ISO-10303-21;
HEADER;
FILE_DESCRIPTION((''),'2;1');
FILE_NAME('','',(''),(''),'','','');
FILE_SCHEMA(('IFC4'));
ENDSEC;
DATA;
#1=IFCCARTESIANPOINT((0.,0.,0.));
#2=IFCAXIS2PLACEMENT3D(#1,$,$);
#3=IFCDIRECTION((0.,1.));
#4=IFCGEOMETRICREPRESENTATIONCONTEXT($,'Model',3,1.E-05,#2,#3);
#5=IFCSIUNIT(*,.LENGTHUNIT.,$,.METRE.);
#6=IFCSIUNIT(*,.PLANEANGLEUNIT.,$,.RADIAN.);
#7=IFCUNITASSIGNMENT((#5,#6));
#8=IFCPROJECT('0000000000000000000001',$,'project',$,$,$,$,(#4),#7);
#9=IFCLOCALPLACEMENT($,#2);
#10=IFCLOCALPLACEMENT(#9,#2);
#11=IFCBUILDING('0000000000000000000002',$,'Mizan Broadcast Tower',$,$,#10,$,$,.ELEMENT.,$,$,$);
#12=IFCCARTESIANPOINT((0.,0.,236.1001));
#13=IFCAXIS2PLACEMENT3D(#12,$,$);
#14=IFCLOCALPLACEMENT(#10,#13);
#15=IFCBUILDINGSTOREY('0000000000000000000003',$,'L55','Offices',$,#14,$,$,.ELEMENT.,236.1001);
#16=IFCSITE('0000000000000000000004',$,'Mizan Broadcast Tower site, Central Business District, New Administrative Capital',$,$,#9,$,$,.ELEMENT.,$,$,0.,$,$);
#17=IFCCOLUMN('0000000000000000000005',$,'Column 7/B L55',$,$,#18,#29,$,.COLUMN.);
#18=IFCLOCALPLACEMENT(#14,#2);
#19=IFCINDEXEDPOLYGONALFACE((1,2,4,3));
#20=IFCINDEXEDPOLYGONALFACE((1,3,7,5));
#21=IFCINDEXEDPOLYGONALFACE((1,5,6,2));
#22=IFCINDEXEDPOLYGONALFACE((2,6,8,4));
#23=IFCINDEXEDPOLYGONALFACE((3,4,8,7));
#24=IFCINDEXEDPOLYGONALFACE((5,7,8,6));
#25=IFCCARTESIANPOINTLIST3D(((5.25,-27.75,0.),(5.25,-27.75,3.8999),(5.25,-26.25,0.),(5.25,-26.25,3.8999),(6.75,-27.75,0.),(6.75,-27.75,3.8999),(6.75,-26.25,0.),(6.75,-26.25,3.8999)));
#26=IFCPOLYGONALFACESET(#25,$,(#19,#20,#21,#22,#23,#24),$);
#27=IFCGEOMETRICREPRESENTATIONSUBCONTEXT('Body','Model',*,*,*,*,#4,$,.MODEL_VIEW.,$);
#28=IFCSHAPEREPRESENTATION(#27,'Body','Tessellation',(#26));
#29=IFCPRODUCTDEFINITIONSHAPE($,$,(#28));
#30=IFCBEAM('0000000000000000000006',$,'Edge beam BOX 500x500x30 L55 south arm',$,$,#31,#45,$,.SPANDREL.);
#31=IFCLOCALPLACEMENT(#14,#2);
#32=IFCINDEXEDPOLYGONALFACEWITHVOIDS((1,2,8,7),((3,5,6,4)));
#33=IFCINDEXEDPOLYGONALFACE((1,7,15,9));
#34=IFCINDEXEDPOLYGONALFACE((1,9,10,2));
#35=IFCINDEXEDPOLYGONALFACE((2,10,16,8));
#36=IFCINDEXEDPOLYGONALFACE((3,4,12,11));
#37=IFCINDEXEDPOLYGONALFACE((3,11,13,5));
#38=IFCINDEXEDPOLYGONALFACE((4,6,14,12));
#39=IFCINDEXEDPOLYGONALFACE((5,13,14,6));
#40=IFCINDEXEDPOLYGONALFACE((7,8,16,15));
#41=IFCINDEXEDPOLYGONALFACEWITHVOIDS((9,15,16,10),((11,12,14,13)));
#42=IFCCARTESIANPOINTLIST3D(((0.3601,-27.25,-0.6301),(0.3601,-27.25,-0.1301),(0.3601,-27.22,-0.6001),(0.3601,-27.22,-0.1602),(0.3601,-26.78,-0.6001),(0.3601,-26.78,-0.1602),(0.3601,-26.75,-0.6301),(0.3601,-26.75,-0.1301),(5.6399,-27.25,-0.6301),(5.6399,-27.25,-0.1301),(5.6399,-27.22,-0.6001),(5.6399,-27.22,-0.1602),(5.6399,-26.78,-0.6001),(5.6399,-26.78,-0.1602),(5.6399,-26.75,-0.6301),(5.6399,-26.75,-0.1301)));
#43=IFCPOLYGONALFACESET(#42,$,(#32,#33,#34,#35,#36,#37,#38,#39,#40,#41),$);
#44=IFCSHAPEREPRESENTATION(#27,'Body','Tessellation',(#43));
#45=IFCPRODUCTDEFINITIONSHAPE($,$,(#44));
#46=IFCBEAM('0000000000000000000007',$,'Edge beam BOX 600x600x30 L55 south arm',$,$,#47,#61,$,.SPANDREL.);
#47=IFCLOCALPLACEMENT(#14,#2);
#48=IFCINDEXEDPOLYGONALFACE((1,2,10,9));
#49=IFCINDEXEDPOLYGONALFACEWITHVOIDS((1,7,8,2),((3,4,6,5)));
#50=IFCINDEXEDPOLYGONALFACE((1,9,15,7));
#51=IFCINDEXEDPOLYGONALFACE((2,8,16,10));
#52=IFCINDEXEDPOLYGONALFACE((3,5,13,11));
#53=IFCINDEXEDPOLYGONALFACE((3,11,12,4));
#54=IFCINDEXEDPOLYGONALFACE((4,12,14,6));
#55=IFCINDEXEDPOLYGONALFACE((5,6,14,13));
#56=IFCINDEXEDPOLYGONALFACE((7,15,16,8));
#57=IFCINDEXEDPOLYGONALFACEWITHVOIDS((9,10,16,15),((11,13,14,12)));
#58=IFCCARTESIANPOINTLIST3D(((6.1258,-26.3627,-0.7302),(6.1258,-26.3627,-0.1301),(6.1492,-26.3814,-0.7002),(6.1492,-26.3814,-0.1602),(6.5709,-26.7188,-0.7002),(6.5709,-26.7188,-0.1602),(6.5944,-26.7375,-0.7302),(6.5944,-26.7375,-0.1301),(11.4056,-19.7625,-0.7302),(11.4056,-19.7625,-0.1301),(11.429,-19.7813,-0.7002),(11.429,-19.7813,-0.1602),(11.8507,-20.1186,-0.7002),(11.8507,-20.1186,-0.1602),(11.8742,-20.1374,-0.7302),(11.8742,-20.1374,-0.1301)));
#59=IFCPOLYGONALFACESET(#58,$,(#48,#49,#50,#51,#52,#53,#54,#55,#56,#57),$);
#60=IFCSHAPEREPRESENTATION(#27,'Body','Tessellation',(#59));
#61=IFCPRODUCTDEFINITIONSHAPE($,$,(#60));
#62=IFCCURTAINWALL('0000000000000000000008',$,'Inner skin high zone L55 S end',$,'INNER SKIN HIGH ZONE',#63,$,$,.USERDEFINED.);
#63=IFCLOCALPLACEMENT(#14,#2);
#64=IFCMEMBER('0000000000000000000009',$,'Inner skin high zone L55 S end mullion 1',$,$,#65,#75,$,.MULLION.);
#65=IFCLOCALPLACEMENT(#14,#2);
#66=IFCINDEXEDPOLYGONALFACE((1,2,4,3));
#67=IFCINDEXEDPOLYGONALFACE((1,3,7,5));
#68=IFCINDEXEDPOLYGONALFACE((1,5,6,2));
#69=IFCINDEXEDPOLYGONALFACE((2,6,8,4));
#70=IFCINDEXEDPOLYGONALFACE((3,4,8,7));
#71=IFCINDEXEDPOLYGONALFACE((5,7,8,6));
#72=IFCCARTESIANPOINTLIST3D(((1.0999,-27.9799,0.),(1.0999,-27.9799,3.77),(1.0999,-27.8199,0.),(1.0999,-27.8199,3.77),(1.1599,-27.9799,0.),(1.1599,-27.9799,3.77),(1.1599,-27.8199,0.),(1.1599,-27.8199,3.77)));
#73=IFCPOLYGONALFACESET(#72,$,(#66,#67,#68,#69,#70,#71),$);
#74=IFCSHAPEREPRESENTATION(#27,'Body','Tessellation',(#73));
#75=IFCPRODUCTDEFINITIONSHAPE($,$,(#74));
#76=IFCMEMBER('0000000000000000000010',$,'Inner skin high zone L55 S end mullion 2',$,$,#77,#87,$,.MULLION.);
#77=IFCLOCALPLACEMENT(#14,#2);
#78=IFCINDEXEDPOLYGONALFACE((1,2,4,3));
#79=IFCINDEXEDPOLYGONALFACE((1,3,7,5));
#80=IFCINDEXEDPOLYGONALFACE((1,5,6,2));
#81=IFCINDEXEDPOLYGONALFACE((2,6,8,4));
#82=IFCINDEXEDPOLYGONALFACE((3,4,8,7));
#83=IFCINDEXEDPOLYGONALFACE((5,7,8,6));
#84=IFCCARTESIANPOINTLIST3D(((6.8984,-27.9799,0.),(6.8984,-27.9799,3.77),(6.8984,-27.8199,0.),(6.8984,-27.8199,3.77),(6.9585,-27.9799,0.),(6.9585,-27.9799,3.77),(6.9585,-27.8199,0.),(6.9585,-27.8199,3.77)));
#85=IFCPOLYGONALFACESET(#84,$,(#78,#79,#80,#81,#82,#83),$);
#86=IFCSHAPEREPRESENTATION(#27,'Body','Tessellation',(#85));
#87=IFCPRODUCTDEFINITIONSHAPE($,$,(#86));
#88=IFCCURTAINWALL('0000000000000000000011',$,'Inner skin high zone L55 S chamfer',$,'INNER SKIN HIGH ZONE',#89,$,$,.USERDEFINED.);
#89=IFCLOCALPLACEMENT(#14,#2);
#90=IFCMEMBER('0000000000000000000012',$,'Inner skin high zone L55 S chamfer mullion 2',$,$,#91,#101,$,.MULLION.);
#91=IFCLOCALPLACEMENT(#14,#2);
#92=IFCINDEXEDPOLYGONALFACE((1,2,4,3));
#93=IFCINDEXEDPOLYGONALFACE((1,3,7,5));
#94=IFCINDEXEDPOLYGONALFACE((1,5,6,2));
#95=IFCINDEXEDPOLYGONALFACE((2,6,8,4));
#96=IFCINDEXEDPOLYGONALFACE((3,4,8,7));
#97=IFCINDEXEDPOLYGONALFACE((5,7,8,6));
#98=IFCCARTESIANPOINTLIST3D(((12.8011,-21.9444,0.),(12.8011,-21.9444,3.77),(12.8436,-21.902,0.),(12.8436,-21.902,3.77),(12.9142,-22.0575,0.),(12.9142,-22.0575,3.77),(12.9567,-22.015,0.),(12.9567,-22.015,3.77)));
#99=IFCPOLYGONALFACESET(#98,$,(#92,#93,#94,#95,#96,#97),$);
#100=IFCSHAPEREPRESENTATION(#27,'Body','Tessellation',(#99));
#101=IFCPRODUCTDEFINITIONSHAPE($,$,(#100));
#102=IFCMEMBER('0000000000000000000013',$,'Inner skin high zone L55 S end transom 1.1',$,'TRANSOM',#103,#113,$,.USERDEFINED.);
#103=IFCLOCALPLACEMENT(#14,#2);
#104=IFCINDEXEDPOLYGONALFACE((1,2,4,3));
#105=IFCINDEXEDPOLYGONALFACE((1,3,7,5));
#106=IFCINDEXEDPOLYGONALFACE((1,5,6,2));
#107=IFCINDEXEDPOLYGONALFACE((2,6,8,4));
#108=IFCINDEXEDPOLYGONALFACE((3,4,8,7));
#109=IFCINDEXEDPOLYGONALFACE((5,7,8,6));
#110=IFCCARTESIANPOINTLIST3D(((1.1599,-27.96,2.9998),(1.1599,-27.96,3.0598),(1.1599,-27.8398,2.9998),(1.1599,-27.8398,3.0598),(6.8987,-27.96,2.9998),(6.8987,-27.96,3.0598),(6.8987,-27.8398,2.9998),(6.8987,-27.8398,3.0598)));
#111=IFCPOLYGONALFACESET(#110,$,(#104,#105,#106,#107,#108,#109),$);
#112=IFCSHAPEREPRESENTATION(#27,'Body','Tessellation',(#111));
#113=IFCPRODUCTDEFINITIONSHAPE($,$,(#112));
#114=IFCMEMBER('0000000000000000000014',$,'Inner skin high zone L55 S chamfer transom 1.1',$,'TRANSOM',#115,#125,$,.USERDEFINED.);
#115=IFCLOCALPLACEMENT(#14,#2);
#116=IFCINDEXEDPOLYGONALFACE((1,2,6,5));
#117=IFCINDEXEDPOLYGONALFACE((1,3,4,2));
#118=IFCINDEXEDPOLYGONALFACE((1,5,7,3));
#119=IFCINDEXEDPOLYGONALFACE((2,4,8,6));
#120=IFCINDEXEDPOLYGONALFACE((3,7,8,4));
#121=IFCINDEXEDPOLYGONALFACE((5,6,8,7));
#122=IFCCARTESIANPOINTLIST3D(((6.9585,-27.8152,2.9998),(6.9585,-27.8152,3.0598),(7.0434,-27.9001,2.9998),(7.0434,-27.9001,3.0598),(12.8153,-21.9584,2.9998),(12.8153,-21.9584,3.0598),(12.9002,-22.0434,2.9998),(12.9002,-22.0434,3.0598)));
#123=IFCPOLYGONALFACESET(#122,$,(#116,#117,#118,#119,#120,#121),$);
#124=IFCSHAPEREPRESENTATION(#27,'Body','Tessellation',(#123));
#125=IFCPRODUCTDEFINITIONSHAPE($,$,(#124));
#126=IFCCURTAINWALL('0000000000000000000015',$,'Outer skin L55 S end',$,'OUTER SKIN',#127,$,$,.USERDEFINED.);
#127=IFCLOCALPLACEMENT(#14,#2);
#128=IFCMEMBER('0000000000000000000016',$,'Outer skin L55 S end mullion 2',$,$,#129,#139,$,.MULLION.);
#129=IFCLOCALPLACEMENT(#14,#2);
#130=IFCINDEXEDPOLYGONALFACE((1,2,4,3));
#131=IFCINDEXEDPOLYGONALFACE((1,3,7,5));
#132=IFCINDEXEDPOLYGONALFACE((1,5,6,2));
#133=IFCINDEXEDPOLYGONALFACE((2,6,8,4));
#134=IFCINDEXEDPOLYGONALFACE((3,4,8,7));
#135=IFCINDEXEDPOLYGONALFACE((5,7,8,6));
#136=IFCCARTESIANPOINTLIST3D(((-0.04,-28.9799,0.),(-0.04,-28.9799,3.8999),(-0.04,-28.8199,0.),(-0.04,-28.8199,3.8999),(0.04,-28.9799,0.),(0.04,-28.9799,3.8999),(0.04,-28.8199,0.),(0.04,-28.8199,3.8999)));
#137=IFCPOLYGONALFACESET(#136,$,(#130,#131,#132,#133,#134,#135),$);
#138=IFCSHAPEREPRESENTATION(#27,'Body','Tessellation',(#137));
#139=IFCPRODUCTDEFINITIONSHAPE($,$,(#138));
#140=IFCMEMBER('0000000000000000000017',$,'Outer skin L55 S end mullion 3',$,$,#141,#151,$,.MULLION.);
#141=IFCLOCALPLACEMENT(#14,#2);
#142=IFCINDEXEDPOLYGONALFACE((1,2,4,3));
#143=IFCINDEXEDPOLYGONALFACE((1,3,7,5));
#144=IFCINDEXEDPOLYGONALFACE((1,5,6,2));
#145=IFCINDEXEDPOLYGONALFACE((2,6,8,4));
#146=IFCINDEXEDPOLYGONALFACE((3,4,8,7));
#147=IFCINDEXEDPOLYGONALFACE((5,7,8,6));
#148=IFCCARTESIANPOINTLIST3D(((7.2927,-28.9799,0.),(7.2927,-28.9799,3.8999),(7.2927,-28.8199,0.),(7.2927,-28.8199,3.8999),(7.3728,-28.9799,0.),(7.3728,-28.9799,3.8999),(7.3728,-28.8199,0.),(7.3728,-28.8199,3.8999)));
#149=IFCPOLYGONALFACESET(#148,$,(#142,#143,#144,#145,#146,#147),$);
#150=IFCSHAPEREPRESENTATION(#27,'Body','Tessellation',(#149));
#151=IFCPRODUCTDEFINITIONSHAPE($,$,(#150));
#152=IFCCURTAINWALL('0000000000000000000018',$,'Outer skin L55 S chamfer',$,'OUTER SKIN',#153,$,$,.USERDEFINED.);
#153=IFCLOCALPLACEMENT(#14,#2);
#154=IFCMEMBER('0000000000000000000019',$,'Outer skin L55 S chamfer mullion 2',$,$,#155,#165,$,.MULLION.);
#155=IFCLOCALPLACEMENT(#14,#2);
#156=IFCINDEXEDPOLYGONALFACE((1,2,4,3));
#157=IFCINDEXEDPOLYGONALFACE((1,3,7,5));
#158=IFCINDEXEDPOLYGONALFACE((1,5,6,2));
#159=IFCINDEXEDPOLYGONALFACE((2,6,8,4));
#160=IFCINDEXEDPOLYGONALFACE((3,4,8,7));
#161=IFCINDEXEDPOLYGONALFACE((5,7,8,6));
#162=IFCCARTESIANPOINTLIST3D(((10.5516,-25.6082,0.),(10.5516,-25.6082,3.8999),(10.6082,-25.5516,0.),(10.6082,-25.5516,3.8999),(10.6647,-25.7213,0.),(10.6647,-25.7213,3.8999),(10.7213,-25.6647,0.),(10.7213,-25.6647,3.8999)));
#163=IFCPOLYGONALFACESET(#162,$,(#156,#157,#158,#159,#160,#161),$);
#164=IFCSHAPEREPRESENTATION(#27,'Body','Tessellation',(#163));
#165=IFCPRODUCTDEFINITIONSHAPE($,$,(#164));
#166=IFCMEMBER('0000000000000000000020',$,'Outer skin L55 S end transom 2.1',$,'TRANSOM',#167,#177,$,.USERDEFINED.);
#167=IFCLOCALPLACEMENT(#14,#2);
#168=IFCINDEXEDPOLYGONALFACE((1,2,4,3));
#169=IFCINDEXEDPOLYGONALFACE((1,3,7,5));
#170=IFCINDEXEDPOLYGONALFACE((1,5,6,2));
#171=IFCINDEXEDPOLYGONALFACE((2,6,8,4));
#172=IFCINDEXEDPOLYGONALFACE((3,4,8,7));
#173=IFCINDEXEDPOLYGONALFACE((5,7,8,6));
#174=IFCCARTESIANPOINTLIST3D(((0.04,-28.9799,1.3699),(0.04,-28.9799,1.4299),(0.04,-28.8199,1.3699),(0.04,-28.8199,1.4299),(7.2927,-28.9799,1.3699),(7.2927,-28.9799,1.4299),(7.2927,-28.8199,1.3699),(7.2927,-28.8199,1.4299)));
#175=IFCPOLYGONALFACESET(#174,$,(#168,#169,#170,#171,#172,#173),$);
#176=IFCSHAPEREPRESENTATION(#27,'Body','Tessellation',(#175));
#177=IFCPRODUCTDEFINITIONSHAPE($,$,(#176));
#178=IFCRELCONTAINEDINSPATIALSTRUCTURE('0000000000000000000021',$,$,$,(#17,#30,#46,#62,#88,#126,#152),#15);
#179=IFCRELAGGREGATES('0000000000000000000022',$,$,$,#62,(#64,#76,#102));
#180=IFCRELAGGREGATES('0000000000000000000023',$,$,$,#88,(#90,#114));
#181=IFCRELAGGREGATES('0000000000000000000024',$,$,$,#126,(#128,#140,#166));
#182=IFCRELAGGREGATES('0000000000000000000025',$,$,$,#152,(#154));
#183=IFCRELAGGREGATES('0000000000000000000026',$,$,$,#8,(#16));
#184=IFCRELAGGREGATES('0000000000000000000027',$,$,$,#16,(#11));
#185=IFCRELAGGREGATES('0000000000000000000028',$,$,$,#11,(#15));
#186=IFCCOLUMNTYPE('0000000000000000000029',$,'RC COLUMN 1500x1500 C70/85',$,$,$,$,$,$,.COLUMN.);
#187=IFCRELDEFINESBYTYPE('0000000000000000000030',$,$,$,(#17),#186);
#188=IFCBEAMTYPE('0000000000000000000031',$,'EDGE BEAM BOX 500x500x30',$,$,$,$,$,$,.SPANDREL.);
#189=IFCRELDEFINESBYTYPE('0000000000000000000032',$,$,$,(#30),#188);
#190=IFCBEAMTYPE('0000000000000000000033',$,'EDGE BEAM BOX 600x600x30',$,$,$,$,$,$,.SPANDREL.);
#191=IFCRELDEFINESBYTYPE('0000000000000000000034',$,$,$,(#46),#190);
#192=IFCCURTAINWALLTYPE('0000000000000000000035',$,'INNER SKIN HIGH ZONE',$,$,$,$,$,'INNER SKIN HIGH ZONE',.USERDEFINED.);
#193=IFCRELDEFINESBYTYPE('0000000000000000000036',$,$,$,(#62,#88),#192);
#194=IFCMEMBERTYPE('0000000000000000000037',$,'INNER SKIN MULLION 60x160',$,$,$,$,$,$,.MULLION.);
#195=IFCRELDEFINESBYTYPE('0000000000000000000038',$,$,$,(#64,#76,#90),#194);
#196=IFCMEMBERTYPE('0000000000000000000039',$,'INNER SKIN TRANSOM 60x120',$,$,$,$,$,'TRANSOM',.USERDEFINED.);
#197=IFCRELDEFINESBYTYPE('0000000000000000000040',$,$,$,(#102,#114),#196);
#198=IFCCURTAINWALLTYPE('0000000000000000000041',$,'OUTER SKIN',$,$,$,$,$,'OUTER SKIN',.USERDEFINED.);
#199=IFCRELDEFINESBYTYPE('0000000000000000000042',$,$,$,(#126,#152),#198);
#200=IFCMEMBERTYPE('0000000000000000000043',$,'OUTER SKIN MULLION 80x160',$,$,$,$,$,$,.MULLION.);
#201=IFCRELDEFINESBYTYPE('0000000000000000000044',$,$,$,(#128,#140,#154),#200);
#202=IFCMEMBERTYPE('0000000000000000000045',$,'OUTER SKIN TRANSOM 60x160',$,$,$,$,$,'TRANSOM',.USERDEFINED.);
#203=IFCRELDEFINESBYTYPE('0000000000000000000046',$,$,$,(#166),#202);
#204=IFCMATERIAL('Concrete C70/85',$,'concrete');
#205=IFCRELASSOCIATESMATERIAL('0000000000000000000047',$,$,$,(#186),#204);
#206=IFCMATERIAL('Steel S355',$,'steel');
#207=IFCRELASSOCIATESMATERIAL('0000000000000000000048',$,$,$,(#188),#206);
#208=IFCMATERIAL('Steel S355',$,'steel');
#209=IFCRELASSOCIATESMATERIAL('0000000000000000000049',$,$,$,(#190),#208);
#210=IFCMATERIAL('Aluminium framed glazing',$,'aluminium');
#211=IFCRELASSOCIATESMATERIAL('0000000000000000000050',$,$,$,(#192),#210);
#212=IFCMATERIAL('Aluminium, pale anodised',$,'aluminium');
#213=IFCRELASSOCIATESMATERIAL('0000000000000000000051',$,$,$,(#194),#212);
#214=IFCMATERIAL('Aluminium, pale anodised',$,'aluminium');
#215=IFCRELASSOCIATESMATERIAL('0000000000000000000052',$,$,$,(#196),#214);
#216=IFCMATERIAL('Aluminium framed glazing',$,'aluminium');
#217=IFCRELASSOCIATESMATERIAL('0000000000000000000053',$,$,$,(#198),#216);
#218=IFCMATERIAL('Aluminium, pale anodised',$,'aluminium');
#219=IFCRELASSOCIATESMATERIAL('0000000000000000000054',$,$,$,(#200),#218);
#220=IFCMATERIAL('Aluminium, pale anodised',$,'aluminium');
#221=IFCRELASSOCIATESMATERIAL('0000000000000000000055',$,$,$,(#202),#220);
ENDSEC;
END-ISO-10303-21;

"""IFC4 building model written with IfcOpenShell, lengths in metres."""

from ifc_helpers import new_model, si_unit, direction, frame, origin, origin_2d, place, context, subcontext, project, spatial, rectangle, hollow_rectangle, extrude, material, material_profile, profile_set, type_object, element, aggregate, save


model = new_model("IFC4")

# Units and contexts
model_context = context("Model", 3, precision=1e-05, world=origin(), true_north=direction((0.0, 1.0)))
body_context = subcontext(model_context, "Body", "Model", "MODEL_VIEW")
ifc_project = project(units=[si_unit("LENGTHUNIT", "METRE"), si_unit("PLANEANGLEUNIT", "RADIAN")], contexts=[model_context])

# Site, building, storey
site_placement = place(None, origin())
site = spatial("IfcSite", under=ifc_project, at=site_placement, Name="Mizan Broadcast Tower site, Central Business District, New Administrative Capital", CompositionType="ELEMENT", RefElevation=0.0)
building_placement = place(site_placement, origin())
building = spatial("IfcBuilding", under=site, at=building_placement, Name="Mizan Broadcast Tower", CompositionType="ELEMENT")
storey_placement = place(building_placement, frame((0.0, 0.0, 236.1001)))
storey = spatial("IfcBuildingStorey", under=building, at=storey_placement, Name="L55", Description="Offices", CompositionType="ELEMENT", Elevation=236.1001)

# Column
ifc_material_1 = material(Name="Concrete C70/85", Category="concrete")
ifc_material_profile_1 = material_profile(ifc_material_1, rectangle(XDim=1.5, YDim=1.5, at=origin_2d()), Name="RC 1500x1500")
ifc_profile_set_1 = profile_set([ifc_material_profile_1], Name="Concrete C70/85")
column_type = type_object("IfcColumnType", Name="RC COLUMN 1500x1500 C70/85", PredefinedType="COLUMN", material=ifc_profile_set_1)
column_placement = place(storey_placement, frame((6.0, -27.0, 0.0), z_axis=(0.0, 0.0, 1.0), x_axis=(1.0, 0.0, 0.0)))
element("IfcColumn", 1, at=column_placement, inside=storey, type_object=column_type, Name="Column 7/B L55", PredefinedType="COLUMN", context=body_context, shape_type="SweptSolid", body=[
    extrude(rectangle(XDim=1.5, YDim=1.5, at=origin_2d()), origin(), (0.0, 0.0, 1.0), 3.8999),
])

# Beams
ifc_material_2 = material(Name="Steel S355", Category="steel")
ifc_material_profile_2 = material_profile(ifc_material_2, hollow_rectangle(XDim=0.5, YDim=0.5, WallThickness=0.03, at=origin_2d()), Name="BOX 500x500x30")
ifc_profile_set_2 = profile_set([ifc_material_profile_2], Name="Steel S355")
beam_type_1 = type_object("IfcBeamType", Name="EDGE BEAM BOX 500x500x30", PredefinedType="SPANDREL", material=ifc_profile_set_2)
beam_1_placement = place(storey_placement, frame((5.6399, -27.0, -0.3801), z_axis=(-1.0, 0.0, 0.0), x_axis=(0.0, -1.0, 0.0)))
element("IfcBeam", 2, at=beam_1_placement, inside=storey, type_object=beam_type_1, Name="Edge beam BOX 500x500x30 L55 south arm", PredefinedType="SPANDREL", context=body_context, shape_type="SweptSolid", body=[
    extrude(hollow_rectangle(XDim=0.5, YDim=0.5, WallThickness=0.03, at=origin_2d()), origin(), (0.0, 0.0, 1.0), 5.2798),
])
ifc_material_3 = material(Name="Steel S355", Category="steel")
ifc_material_profile_3 = material_profile(ifc_material_3, hollow_rectangle(XDim=0.6001, YDim=0.6001, WallThickness=0.03, at=origin_2d()), Name="BOX 600x600x30")
ifc_profile_set_3 = profile_set([ifc_material_profile_3], Name="Steel S355")
beam_type_2 = type_object("IfcBeamType", Name="EDGE BEAM BOX 600x600x30", PredefinedType="SPANDREL", material=ifc_profile_set_3)
beam_2_placement = place(storey_placement, frame((11.6399, -19.95, -0.4302), z_axis=(-0.624674, -0.780886, 0.0), x_axis=(0.780886, -0.624674, 0.0)))
element("IfcBeam", 3, at=beam_2_placement, inside=storey, type_object=beam_type_2, Name="Edge beam BOX 600x600x30 L55 south arm", PredefinedType="SPANDREL", context=body_context, shape_type="SweptSolid", body=[
    extrude(hollow_rectangle(XDim=0.6001, YDim=0.6001, WallThickness=0.03, at=origin_2d()), origin(), (0.0, 0.0, 1.0), 8.4521),
])

# Curtain wall, members
ifc_material_4 = material(Name="Aluminium framed glazing", Category="aluminium")
curtain_wall_type_1 = type_object("IfcCurtainWallType", Name="INNER SKIN HIGH ZONE", ElementType="INNER SKIN HIGH ZONE", PredefinedType="USERDEFINED", material=ifc_material_4)
curtain_wall_1_placement = place(storey_placement, origin())
curtain_wall_1 = element("IfcCurtainWall", 4, at=curtain_wall_1_placement, inside=storey, type_object=curtain_wall_type_1, Name="Inner skin high zone L55 S end", ObjectType="INNER SKIN HIGH ZONE", PredefinedType="USERDEFINED")
ifc_material_5 = material(Name="Aluminium, pale anodised", Category="aluminium")
ifc_material_profile_4 = material_profile(ifc_material_5, rectangle(XDim=0.1599, YDim=0.0601, at=origin_2d()), Name="MULLION 160x60")
ifc_profile_set_4 = profile_set([ifc_material_profile_4], Name="Aluminium, pale anodised")
member_type_1 = type_object("IfcMemberType", Name="INNER SKIN MULLION 60x160", PredefinedType="MULLION", material=ifc_profile_set_4)
member_1_placement = place(storey_placement, frame((1.1299, -27.8999, 0.0), z_axis=(0.0, 0.0, 1.0), x_axis=(0.0, 1.0, 0.0)))
member_1 = element("IfcMember", 5, at=member_1_placement, type_object=member_type_1, Name="Inner skin high zone L55 S end mullion 1", PredefinedType="MULLION", context=body_context, shape_type="SweptSolid", body=[
    extrude(rectangle(XDim=0.1599, YDim=0.0601, at=origin_2d()), origin(), (0.0, 0.0, 1.0), 3.77),
])
member_2_placement = place(storey_placement, frame((6.9285, -27.8999, 0.0), z_axis=(0.0, 0.0, 1.0), x_axis=(0.0, 1.0, 0.0)))
member_2 = element("IfcMember", 6, at=member_2_placement, type_object=member_type_1, Name="Inner skin high zone L55 S end mullion 2", PredefinedType="MULLION", context=body_context, shape_type="SweptSolid", body=[
    extrude(rectangle(XDim=0.1599, YDim=0.0601, at=origin_2d()), origin(), (0.0, 0.0, 1.0), 3.77),
])

# Curtain wall, member
curtain_wall_2_placement = place(storey_placement, origin())
curtain_wall_2 = element("IfcCurtainWall", 7, at=curtain_wall_2_placement, inside=storey, type_object=curtain_wall_type_1, Name="Inner skin high zone L55 S chamfer", ObjectType="INNER SKIN HIGH ZONE", PredefinedType="USERDEFINED")
member_3_placement = place(storey_placement, frame((12.8789, -21.9797, 0.0), z_axis=(0.0, 0.0, 1.0), x_axis=(-0.707107, 0.707107, 0.0)))
member_3 = element("IfcMember", 8, at=member_3_placement, type_object=member_type_1, Name="Inner skin high zone L55 S chamfer mullion 2", PredefinedType="MULLION", context=body_context, shape_type="SweptSolid", body=[
    extrude(rectangle(XDim=0.1599, YDim=0.0601, at=origin_2d()), origin(), (0.0, 0.0, 1.0), 3.77),
])

# Members
ifc_material_6 = material(Name="Aluminium, pale anodised", Category="aluminium")
ifc_material_profile_5 = material_profile(ifc_material_6, rectangle(XDim=0.1201, YDim=0.0601, at=origin_2d()), Name="TRANSOM 120x60")
ifc_profile_set_5 = profile_set([ifc_material_profile_5], Name="Aluminium, pale anodised")
member_type_2 = type_object("IfcMemberType", Name="INNER SKIN TRANSOM 60x120", ElementType="TRANSOM", PredefinedType="USERDEFINED", material=ifc_profile_set_5)
member_4_placement = place(storey_placement, frame((1.1599, -27.8999, 3.0298), z_axis=(1.0, 0.0, 0.0), x_axis=(0.0, 1.0, 0.0)))
member_4 = element("IfcMember", 9, at=member_4_placement, type_object=member_type_2, Name="Inner skin high zone L55 S end transom 1.1", ObjectType="TRANSOM", PredefinedType="USERDEFINED", context=body_context, shape_type="SweptSolid", body=[
    extrude(rectangle(XDim=0.1201, YDim=0.0601, at=origin_2d()), origin(), (0.0, 0.0, 1.0), 5.7388),
])
member_5_placement = place(storey_placement, frame((7.001, -27.8577, 3.0298), z_axis=(0.707107, 0.707107, 0.0), x_axis=(-0.707107, 0.707107, 0.0)))
member_5 = element("IfcMember", 10, at=member_5_placement, type_object=member_type_2, Name="Inner skin high zone L55 S chamfer transom 1.1", ObjectType="TRANSOM", PredefinedType="USERDEFINED", context=body_context, shape_type="SweptSolid", body=[
    extrude(rectangle(XDim=0.1201, YDim=0.0601, at=origin_2d()), origin(), (0.0, 0.0, 1.0), 8.2827),
])

# Curtain wall, members
ifc_material_7 = material(Name="Aluminium framed glazing", Category="aluminium")
curtain_wall_type_2 = type_object("IfcCurtainWallType", Name="OUTER SKIN", ElementType="OUTER SKIN", PredefinedType="USERDEFINED", material=ifc_material_7)
curtain_wall_3_placement = place(storey_placement, origin())
curtain_wall_3 = element("IfcCurtainWall", 11, at=curtain_wall_3_placement, inside=storey, type_object=curtain_wall_type_2, Name="Outer skin L55 S end", ObjectType="OUTER SKIN", PredefinedType="USERDEFINED")
ifc_material_8 = material(Name="Aluminium, pale anodised", Category="aluminium")
ifc_material_profile_6 = material_profile(ifc_material_8, rectangle(XDim=0.1599, YDim=0.0801, at=origin_2d()), Name="MULLION 160x80")
ifc_profile_set_6 = profile_set([ifc_material_profile_6], Name="Aluminium, pale anodised")
member_type_3 = type_object("IfcMemberType", Name="OUTER SKIN MULLION 80x160", PredefinedType="MULLION", material=ifc_profile_set_6)
member_6_placement = place(storey_placement, frame((0.0, -28.8999, 0.0), z_axis=(0.0, 0.0, 1.0), x_axis=(0.0, 1.0, 0.0)))
member_6 = element("IfcMember", 12, at=member_6_placement, type_object=member_type_3, Name="Outer skin L55 S end mullion 2", PredefinedType="MULLION", context=body_context, shape_type="SweptSolid", body=[
    extrude(rectangle(XDim=0.1599, YDim=0.0801, at=origin_2d()), origin(), (0.0, 0.0, 1.0), 3.8999),
])
member_7_placement = place(storey_placement, frame((7.3328, -28.8999, 0.0), z_axis=(0.0, 0.0, 1.0), x_axis=(0.0, 1.0, 0.0)))
member_7 = element("IfcMember", 13, at=member_7_placement, type_object=member_type_3, Name="Outer skin L55 S end mullion 3", PredefinedType="MULLION", context=body_context, shape_type="SweptSolid", body=[
    extrude(rectangle(XDim=0.1599, YDim=0.0801, at=origin_2d()), origin(), (0.0, 0.0, 1.0), 3.8999),
])

# Curtain wall, member
curtain_wall_4_placement = place(storey_placement, origin())
curtain_wall_4 = element("IfcCurtainWall", 14, at=curtain_wall_4_placement, inside=storey, type_object=curtain_wall_type_2, Name="Outer skin L55 S chamfer", ObjectType="OUTER SKIN", PredefinedType="USERDEFINED")
member_8_placement = place(storey_placement, frame((10.6365, -25.6365, 0.0), z_axis=(0.0, 0.0, 1.0), x_axis=(-0.707107, 0.707107, 0.0)))
member_8 = element("IfcMember", 15, at=member_8_placement, type_object=member_type_3, Name="Outer skin L55 S chamfer mullion 2", PredefinedType="MULLION", context=body_context, shape_type="SweptSolid", body=[
    extrude(rectangle(XDim=0.1599, YDim=0.0801, at=origin_2d()), origin(), (0.0, 0.0, 1.0), 3.8999),
])

# Member
ifc_material_9 = material(Name="Aluminium, pale anodised", Category="aluminium")
ifc_material_profile_7 = material_profile(ifc_material_9, rectangle(XDim=0.1599, YDim=0.0601, at=origin_2d()), Name="TRANSOM 160x60")
ifc_profile_set_7 = profile_set([ifc_material_profile_7], Name="Aluminium, pale anodised")
member_type_4 = type_object("IfcMemberType", Name="OUTER SKIN TRANSOM 60x160", ElementType="TRANSOM", PredefinedType="USERDEFINED", material=ifc_profile_set_7)
member_9_placement = place(storey_placement, frame((0.04, -28.8999, 1.3999), z_axis=(1.0, 0.0, 0.0), x_axis=(0.0, 1.0, 0.0)))
member_9 = element("IfcMember", 16, at=member_9_placement, type_object=member_type_4, Name="Outer skin L55 S end transom 2.1", ObjectType="TRANSOM", PredefinedType="USERDEFINED", context=body_context, shape_type="SweptSolid", body=[
    extrude(rectangle(XDim=0.1599, YDim=0.0601, at=origin_2d()), origin(), (0.0, 0.0, 1.0), 7.2527),
])

aggregate(curtain_wall_1, [member_1, member_2, member_4])
aggregate(curtain_wall_2, [member_3, member_5])
aggregate(curtain_wall_3, [member_6, member_7, member_9])
aggregate(curtain_wall_4, [member_8])

save(model, "model.ifc")
